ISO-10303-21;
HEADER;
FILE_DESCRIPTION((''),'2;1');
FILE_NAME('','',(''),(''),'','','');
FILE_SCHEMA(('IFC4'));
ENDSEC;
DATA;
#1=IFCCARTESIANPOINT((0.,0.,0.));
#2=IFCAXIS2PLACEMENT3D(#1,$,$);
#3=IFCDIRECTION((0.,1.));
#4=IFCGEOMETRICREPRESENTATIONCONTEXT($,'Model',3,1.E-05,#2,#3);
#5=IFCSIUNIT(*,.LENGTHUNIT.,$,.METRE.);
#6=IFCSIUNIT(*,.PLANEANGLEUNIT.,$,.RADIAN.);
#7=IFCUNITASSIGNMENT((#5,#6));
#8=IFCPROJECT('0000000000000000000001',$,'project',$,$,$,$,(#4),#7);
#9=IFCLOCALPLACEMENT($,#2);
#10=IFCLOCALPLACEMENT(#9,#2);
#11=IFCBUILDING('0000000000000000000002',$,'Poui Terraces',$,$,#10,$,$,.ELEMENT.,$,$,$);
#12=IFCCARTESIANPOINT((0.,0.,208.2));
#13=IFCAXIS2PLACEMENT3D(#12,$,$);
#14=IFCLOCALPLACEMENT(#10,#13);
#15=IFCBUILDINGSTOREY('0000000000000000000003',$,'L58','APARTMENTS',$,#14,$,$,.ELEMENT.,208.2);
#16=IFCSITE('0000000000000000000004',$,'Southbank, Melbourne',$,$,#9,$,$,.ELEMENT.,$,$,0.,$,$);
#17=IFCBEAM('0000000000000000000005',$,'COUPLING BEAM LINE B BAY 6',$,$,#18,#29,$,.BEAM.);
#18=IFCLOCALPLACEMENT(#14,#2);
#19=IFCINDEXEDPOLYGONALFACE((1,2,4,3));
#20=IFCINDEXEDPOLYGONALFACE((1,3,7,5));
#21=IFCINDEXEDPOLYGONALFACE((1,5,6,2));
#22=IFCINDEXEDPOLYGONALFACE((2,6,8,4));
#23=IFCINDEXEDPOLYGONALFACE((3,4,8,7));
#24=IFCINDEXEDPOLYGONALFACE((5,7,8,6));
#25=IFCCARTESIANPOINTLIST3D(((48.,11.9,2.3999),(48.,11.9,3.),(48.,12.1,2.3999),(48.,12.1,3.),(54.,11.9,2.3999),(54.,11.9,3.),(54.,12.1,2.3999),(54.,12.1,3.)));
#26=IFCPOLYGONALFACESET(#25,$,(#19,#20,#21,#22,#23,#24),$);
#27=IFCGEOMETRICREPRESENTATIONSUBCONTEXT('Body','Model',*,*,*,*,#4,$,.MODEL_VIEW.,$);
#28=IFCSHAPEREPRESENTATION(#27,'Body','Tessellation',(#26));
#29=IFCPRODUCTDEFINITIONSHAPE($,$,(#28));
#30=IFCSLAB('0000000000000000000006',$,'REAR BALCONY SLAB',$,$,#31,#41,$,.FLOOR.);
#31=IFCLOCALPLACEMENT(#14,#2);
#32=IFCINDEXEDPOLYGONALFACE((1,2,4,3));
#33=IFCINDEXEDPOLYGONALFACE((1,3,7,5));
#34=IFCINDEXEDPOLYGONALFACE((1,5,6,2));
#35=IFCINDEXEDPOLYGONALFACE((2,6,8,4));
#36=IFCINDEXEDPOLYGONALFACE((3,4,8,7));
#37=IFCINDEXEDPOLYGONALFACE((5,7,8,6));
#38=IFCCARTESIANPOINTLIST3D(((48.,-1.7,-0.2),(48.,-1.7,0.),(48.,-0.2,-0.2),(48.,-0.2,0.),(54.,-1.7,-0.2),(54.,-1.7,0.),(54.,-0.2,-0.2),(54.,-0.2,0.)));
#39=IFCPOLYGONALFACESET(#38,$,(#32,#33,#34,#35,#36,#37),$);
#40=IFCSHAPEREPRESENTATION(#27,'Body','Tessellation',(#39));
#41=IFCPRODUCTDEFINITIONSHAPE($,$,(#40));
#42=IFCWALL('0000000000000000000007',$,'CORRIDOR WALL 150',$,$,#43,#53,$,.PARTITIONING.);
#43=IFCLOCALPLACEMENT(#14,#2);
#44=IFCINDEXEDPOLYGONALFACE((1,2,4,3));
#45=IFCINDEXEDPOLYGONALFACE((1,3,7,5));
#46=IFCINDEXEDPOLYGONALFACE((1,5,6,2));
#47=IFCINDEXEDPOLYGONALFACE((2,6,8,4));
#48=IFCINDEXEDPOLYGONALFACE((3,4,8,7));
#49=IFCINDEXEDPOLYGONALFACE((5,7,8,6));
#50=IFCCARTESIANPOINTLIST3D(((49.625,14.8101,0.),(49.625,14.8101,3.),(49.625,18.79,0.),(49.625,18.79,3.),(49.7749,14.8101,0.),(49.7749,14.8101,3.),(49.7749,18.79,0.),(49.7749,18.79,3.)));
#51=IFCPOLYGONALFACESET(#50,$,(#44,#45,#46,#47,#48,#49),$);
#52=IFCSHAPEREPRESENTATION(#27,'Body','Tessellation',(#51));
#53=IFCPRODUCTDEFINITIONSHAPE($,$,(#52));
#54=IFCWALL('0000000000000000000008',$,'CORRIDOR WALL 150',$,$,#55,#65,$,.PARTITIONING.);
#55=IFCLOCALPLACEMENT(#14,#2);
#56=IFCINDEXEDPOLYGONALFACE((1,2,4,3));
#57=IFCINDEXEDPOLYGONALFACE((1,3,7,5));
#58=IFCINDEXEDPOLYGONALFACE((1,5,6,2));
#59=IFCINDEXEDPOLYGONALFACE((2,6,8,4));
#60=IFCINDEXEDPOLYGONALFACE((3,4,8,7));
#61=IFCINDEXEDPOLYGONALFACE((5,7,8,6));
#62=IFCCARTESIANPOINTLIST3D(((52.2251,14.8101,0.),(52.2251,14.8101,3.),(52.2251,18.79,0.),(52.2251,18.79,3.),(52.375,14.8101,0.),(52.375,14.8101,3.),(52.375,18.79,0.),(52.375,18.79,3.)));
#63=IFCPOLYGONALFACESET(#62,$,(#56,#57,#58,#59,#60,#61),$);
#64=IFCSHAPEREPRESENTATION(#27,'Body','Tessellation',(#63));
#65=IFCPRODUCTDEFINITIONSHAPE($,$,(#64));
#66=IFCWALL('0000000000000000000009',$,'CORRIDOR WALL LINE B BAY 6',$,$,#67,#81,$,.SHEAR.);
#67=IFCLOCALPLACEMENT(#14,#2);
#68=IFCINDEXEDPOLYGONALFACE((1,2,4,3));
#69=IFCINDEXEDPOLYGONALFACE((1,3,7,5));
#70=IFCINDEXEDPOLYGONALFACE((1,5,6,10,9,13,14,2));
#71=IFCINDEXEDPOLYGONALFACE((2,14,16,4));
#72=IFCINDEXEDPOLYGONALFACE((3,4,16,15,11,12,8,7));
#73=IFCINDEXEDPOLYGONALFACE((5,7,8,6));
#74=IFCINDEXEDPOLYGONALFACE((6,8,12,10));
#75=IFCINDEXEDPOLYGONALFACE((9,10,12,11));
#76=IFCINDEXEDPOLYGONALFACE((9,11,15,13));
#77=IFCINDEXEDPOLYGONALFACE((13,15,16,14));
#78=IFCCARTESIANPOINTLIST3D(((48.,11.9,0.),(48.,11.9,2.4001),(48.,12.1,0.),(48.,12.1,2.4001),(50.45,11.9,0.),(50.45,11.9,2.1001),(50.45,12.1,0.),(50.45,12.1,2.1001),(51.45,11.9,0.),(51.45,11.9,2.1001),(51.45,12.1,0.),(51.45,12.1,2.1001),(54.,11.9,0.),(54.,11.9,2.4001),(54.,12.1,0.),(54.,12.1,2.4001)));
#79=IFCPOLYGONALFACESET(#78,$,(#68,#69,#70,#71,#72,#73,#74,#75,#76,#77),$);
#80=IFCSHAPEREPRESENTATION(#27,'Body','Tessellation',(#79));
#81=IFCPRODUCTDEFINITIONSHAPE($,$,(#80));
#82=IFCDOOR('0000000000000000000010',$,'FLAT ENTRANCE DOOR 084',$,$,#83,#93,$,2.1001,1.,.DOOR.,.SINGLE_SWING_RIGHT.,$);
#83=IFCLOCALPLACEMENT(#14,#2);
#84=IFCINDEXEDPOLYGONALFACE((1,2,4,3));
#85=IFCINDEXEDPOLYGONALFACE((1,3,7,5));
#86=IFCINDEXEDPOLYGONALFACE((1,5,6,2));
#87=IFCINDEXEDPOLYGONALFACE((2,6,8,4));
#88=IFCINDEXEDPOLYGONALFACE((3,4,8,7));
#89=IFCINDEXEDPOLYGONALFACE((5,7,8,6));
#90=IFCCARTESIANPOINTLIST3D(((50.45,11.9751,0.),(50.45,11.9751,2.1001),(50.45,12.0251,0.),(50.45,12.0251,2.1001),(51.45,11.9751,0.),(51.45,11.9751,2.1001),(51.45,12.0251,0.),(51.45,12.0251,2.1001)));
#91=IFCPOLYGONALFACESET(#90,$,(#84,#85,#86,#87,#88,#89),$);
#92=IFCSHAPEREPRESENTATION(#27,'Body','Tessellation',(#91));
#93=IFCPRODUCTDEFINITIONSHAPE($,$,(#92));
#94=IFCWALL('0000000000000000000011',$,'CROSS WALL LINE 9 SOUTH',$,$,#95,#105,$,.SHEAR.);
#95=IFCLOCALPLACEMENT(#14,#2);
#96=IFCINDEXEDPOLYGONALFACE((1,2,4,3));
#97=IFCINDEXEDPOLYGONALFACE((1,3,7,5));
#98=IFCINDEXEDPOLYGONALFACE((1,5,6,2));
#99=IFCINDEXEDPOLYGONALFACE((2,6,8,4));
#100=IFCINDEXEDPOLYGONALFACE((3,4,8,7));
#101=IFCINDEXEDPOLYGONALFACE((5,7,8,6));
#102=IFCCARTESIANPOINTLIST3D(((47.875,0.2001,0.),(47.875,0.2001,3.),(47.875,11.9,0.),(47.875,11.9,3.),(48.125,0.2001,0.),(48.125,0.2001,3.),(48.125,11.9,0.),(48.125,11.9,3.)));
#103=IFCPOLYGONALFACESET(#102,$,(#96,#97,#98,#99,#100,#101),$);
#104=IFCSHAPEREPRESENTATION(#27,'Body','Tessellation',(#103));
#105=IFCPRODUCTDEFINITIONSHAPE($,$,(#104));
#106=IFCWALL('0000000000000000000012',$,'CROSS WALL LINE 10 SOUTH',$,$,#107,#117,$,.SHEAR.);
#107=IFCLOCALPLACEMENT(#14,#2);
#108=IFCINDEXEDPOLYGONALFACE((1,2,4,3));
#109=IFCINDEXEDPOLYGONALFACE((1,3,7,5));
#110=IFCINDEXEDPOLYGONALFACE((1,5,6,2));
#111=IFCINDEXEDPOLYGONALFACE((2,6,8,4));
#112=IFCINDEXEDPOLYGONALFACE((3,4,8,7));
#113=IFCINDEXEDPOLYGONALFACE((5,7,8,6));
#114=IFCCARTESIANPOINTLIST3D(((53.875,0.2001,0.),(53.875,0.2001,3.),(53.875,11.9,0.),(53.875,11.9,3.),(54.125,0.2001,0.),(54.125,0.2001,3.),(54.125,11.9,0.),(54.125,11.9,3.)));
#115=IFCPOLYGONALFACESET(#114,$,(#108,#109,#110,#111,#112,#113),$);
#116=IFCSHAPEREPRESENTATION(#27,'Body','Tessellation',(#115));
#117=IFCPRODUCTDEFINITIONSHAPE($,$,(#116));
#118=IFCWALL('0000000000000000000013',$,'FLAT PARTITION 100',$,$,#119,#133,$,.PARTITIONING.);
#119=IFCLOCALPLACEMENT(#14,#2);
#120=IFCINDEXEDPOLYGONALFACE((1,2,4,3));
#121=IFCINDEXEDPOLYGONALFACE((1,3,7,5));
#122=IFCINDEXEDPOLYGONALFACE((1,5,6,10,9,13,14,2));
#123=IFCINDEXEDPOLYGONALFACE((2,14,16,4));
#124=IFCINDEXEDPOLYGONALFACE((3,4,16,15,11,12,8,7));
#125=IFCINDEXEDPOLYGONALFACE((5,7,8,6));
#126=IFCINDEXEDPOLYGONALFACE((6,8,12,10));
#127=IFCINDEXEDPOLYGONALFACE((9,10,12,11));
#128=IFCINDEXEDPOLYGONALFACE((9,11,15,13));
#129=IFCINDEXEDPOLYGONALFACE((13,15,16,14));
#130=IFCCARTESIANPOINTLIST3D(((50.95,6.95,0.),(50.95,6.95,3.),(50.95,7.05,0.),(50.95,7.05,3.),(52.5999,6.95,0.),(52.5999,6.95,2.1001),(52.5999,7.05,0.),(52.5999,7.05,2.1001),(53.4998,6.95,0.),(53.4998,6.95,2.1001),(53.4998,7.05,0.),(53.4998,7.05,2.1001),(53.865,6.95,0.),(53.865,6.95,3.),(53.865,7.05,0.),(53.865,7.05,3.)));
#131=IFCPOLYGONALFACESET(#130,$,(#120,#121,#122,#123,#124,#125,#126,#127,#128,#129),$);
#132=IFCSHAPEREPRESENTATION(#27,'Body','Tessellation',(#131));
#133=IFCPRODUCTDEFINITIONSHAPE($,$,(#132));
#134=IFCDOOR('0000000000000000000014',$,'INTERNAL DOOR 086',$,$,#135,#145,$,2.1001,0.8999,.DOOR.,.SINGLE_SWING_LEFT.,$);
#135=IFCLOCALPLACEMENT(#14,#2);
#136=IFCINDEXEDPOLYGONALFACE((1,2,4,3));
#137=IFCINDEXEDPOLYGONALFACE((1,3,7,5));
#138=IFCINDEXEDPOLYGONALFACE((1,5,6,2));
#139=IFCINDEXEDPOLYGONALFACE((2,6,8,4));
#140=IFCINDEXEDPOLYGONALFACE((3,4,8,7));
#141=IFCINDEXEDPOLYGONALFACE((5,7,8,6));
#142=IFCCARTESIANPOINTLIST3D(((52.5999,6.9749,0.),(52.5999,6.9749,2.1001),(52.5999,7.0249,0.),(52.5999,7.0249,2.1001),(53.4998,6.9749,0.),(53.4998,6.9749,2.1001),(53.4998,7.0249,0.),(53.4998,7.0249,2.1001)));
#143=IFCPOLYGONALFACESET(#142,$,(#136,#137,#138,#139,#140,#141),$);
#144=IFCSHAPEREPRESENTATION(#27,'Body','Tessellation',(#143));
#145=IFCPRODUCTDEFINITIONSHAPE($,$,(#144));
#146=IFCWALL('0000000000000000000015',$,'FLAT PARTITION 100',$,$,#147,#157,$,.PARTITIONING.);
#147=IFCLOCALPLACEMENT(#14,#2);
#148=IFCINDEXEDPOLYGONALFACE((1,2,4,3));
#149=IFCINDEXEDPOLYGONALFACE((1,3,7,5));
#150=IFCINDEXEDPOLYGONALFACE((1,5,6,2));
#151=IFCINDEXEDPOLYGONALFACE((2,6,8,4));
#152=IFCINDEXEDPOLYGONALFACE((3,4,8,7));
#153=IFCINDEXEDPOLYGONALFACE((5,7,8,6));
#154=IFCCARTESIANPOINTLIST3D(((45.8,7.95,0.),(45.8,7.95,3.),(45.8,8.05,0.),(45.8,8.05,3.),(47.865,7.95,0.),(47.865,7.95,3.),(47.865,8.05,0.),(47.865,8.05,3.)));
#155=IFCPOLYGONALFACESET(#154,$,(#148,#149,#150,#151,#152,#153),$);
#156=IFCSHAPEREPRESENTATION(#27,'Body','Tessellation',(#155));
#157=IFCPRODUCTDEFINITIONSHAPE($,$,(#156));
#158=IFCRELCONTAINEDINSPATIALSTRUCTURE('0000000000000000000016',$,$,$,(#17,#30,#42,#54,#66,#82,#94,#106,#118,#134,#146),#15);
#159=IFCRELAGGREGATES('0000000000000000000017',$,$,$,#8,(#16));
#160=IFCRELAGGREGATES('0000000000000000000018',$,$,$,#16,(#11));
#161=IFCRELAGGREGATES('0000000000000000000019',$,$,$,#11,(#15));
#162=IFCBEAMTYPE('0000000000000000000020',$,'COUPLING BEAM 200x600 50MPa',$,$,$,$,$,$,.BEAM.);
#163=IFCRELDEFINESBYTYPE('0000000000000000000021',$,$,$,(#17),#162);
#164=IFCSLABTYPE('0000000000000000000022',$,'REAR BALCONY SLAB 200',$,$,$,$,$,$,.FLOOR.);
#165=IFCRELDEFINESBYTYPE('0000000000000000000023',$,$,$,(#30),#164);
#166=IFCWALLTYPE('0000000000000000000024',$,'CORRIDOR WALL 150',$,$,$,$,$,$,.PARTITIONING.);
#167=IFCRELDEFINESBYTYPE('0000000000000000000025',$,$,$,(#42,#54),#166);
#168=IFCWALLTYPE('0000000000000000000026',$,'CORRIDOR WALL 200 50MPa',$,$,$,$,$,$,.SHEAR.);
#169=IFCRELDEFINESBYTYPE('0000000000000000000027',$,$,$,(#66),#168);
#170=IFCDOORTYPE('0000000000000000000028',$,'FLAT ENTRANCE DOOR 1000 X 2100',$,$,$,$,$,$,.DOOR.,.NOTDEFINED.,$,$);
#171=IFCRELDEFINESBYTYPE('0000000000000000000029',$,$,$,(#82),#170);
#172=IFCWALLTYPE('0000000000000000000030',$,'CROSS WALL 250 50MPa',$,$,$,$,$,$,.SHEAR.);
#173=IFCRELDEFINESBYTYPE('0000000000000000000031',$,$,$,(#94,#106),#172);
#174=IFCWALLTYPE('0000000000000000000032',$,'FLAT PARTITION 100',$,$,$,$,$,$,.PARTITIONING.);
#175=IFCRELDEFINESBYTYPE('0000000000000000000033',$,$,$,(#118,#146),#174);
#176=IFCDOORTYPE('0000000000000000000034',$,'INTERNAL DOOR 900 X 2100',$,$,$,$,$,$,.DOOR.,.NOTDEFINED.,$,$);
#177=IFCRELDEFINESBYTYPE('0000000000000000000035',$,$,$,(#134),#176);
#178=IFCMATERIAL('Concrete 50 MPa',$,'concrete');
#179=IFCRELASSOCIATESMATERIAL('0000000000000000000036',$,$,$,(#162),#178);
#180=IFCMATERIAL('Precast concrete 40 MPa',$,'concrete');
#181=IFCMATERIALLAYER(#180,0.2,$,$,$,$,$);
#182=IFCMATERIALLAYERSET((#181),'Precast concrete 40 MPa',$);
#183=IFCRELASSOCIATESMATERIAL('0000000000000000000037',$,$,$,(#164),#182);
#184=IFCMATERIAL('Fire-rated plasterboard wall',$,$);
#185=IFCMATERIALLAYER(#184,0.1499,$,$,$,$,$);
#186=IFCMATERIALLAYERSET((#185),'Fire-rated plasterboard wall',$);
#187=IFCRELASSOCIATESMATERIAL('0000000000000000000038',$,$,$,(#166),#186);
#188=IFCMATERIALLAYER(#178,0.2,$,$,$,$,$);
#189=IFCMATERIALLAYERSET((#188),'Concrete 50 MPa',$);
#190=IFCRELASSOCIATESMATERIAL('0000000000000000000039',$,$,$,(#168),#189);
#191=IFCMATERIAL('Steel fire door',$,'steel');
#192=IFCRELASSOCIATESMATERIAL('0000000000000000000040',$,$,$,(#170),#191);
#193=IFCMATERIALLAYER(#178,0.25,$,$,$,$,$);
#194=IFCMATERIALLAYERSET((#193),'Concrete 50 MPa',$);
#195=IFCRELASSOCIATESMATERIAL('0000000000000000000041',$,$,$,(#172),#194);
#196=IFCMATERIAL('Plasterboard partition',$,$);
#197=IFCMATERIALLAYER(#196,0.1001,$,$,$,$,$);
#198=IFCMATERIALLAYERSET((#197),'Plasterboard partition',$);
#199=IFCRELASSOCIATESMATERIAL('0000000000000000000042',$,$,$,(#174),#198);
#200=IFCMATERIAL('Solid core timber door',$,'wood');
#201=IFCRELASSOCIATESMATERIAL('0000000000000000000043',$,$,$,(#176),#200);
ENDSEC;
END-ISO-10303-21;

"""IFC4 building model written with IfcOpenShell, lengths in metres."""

from ifc_helpers import new_model, si_unit, direction, frame, frame_2d, origin, origin_2d, place, context, subcontext, project, spatial, polyline, rectangle, outline, extrude, source, transform, mapped, material, layer, layer_set, material_profile, profile_set, type_object, element, fill, save


model = new_model("IFC4")

# Units and contexts
model_context = context("Model", 3, precision=1e-05, world=origin(), true_north=direction((0.0, 1.0)))
body_context = subcontext(model_context, "Body", "Model", "MODEL_VIEW")
ifc_project = project(units=[si_unit("LENGTHUNIT", "METRE"), si_unit("PLANEANGLEUNIT", "RADIAN")], contexts=[model_context])

# Site, building, storey
site_placement = place(None, origin())
site = spatial("IfcSite", under=ifc_project, at=site_placement, Name="Southbank, Melbourne", CompositionType="ELEMENT", RefElevation=0.0)
building_placement = place(site_placement, origin())
building = spatial("IfcBuilding", under=site, at=building_placement, Name="Poui Terraces", CompositionType="ELEMENT")
storey_placement = place(building_placement, frame((0.0, 0.0, 208.2)))
storey = spatial("IfcBuildingStorey", under=building, at=storey_placement, Name="L58", Description="APARTMENTS", CompositionType="ELEMENT", Elevation=208.2)

# Beam
ifc_material_1 = material(Name="Concrete 50 MPa", Category="concrete")
ifc_material_profile_1 = material_profile(ifc_material_1, rectangle(XDim=0.2, YDim=0.6001, at=origin_2d()), Name="RC 200x600")
ifc_profile_set_1 = profile_set([ifc_material_profile_1], Name="Concrete 50 MPa")
beam_type = type_object("IfcBeamType", Name="COUPLING BEAM 200x600 50MPa", PredefinedType="BEAM", material=ifc_profile_set_1)
shared_shape_1 = source(origin(), body_context, "Body", "SweptSolid", [
    extrude(rectangle(XDim=0.2, YDim=0.6001, at=origin_2d()), origin(), (0.0, 0.0, 1.0), 6.0),
])
beam_placement = place(storey_placement, frame((48.0, 12.0, 2.7), z_axis=(1.0, 0.0, 0.0), x_axis=(0.0, 1.0, 0.0)))
element("IfcBeam", 1, at=beam_placement, inside=storey, type_object=beam_type, Name="COUPLING BEAM LINE B BAY 6", PredefinedType="BEAM", context=body_context, shape_type="MappedRepresentation", body=[
    mapped(shared_shape_1, transform((0.0, 0.0, 0.0))),
])

# Slab
ifc_material_2 = material(Name="Precast concrete 40 MPa", Category="concrete")
ifc_layer_1 = layer(ifc_material_2, 0.2)
ifc_layer_set_1 = layer_set([ifc_layer_1], Name="Precast concrete 40 MPa")
slab_type = type_object("IfcSlabType", Name="REAR BALCONY SLAB 200", PredefinedType="FLOOR", material=ifc_layer_set_1)
shared_shape_2 = source(origin(), body_context, "Body", "SweptSolid", [
    extrude(outline(polyline([(0.0, 0.0), (6.0, 0.0), (6.0, 1.5), (0.0, 1.5), (0.0, 0.0)])), origin(), (0.0, 0.0, 1.0), 0.2),
])
slab_placement = place(storey_placement, frame((48.0, -1.7, -0.2)))
element("IfcSlab", 2, at=slab_placement, inside=storey, type_object=slab_type, Name="REAR BALCONY SLAB", PredefinedType="FLOOR", context=body_context, shape_type="MappedRepresentation", body=[
    mapped(shared_shape_2, transform((0.0, 0.0, 0.0))),
])

# Walls
ifc_material_3 = material(Name="Fire-rated plasterboard wall")
ifc_layer_2 = layer(ifc_material_3, 0.1499)
ifc_layer_set_2 = layer_set([ifc_layer_2], Name="Fire-rated plasterboard wall")
wall_type_1 = type_object("IfcWallType", Name="CORRIDOR WALL 150", PredefinedType="PARTITIONING", material=ifc_layer_set_2)
for number, where, z_axis, x_axis, name in (
    (3, (49.7, 14.8101, 0.0), (0.0, 0.0, 1.0), (0.0, 1.0, 0.0), "CORRIDOR WALL 150"),
    (4, (52.3, 14.8101, 0.0), (0.0, 0.0, 1.0), (0.0, 1.0, 0.0), "CORRIDOR WALL 150"),
):
    element("IfcWall", number, at=place(storey_placement, frame(where, z_axis=z_axis, x_axis=x_axis)), inside=storey, type_object=wall_type_1, Name=name, PredefinedType="PARTITIONING", context=body_context, shape_type="SweptSolid", body=[
        extrude(rectangle(XDim=3.98, YDim=0.1499, at=frame_2d((1.99, 0.0))), origin(), (0.0, 0.0, 1.0), 3.0),
    ])

# Wall, opening, door
ifc_layer_3 = layer(ifc_material_1, 0.2)
ifc_layer_set_3 = layer_set([ifc_layer_3], Name="Concrete 50 MPa")
wall_type_2 = type_object("IfcWallType", Name="CORRIDOR WALL 200 50MPa", PredefinedType="SHEAR", material=ifc_layer_set_3)
wall_1_placement = place(storey_placement, frame((48.0, 12.0, 0.0), z_axis=(0.0, 0.0, 1.0), x_axis=(1.0, 0.0, 0.0)))
wall_1 = element("IfcWall", 5, at=wall_1_placement, inside=storey, type_object=wall_type_2, Name="CORRIDOR WALL LINE B BAY 6", PredefinedType="SHEAR", context=body_context, shape_type="SweptSolid", body=[
    extrude(rectangle(XDim=6.0, YDim=0.2, at=frame_2d((3.0, 0.0))), origin(), (0.0, 0.0, 1.0), 2.4001),
])
opening_1_placement = place(wall_1_placement, frame((2.45, 0.0, 0.0)))
opening_1 = element("IfcOpeningElement", 6, at=opening_1_placement, cuts=wall_1, PredefinedType="OPENING", context=body_context, shape_type="SweptSolid", body=[
    extrude(rectangle(XDim=1.0, YDim=2.1001, at=frame_2d((0.5, 1.05))), frame((0.0, 0.1099, 0.0), z_axis=(0.0, -1.0, 0.0), x_axis=(1.0, 0.0, 0.0)), (0.0, 0.0, 1.0), 0.22),
])
ifc_material_4 = material(Name="Steel fire door", Category="steel")
door_type_1 = type_object("IfcDoorType", Name="FLAT ENTRANCE DOOR 1000 X 2100", OperationType="NOTDEFINED", PredefinedType="DOOR", material=ifc_material_4)
door_1_placement = place(opening_1_placement, frame((1.0, 0.0, 0.0), z_axis=(0.0, 0.0, 1.0), x_axis=(-1.0, 0.0, 0.0)))
door_1 = element("IfcDoor", 7, at=door_1_placement, inside=storey, type_object=door_type_1, Name="FLAT ENTRANCE DOOR 084", OperationType="SINGLE_SWING_RIGHT", OverallHeight=2.1001, OverallWidth=1.0, PredefinedType="DOOR", context=body_context, shape_type="SweptSolid", body=[
    extrude(rectangle(XDim=1.0, YDim=2.1001, at=frame_2d((0.5, 1.05))), frame((0.0, 0.0249, 0.0), z_axis=(0.0, -1.0, 0.0), x_axis=(1.0, 0.0, 0.0)), (0.0, 0.0, 1.0), 0.05),
])
fill(opening_1, door_1)

# Walls
ifc_layer_4 = layer(ifc_material_1, 0.25)
ifc_layer_set_4 = layer_set([ifc_layer_4], Name="Concrete 50 MPa")
wall_type_3 = type_object("IfcWallType", Name="CROSS WALL 250 50MPa", PredefinedType="SHEAR", material=ifc_layer_set_4)
for number, where, z_axis, x_axis, name in (
    (8, (48.0, 0.2, 0.0), (0.0, 0.0, 1.0), (0.0, 1.0, 0.0), "CROSS WALL LINE 9 SOUTH"),
    (9, (54.0, 0.2, 0.0), (0.0, 0.0, 1.0), (0.0, 1.0, 0.0), "CROSS WALL LINE 10 SOUTH"),
):
    element("IfcWall", number, at=place(storey_placement, frame(where, z_axis=z_axis, x_axis=x_axis)), inside=storey, type_object=wall_type_3, Name=name, PredefinedType="SHEAR", context=body_context, shape_type="SweptSolid", body=[
        extrude(rectangle(XDim=11.7, YDim=0.25, at=frame_2d((5.8501, 0.0))), origin(), (0.0, 0.0, 1.0), 3.0),
    ])

# Wall, opening, door
ifc_material_5 = material(Name="Plasterboard partition")
ifc_layer_5 = layer(ifc_material_5, 0.1001)
ifc_layer_set_5 = layer_set([ifc_layer_5], Name="Plasterboard partition")
wall_type_4 = type_object("IfcWallType", Name="FLAT PARTITION 100", PredefinedType="PARTITIONING", material=ifc_layer_set_5)
wall_2_placement = place(storey_placement, frame((50.95, 7.0, 0.0), z_axis=(0.0, 0.0, 1.0), x_axis=(1.0, 0.0, 0.0)))
wall_2 = element("IfcWall", 10, at=wall_2_placement, inside=storey, type_object=wall_type_4, Name="FLAT PARTITION 100", PredefinedType="PARTITIONING", context=body_context, shape_type="SweptSolid", body=[
    extrude(rectangle(XDim=2.915, YDim=0.1001, at=frame_2d((1.4575, 0.0))), origin(), (0.0, 0.0, 1.0), 3.0),
])
opening_2_placement = place(wall_2_placement, frame((1.6499, 0.0, 0.0)))
opening_2 = element("IfcOpeningElement", 11, at=opening_2_placement, cuts=wall_2, PredefinedType="OPENING", context=body_context, shape_type="SweptSolid", body=[
    extrude(rectangle(XDim=0.8999, YDim=2.1001, at=frame_2d((0.45, 1.05))), frame((0.0, 0.0601, 0.0), z_axis=(0.0, -1.0, 0.0), x_axis=(1.0, 0.0, 0.0)), (0.0, 0.0, 1.0), 0.1201),
])
ifc_material_6 = material(Name="Solid core timber door", Category="wood")
door_type_2 = type_object("IfcDoorType", Name="INTERNAL DOOR 900 X 2100", OperationType="NOTDEFINED", PredefinedType="DOOR", material=ifc_material_6)
door_2_placement = place(opening_2_placement, origin())
door_2 = element("IfcDoor", 12, at=door_2_placement, inside=storey, type_object=door_type_2, Name="INTERNAL DOOR 086", OperationType="SINGLE_SWING_LEFT", OverallHeight=2.1001, OverallWidth=0.8999, PredefinedType="DOOR", context=body_context, shape_type="SweptSolid", body=[
    extrude(rectangle(XDim=0.8999, YDim=2.1001, at=frame_2d((0.45, 1.05))), frame((0.0, 0.0249, 0.0), z_axis=(0.0, -1.0, 0.0), x_axis=(1.0, 0.0, 0.0)), (0.0, 0.0, 1.0), 0.05),
])
fill(opening_2, door_2)

# Wall
wall_3_placement = place(storey_placement, frame((45.8, 8.0, 0.0), z_axis=(0.0, 0.0, 1.0), x_axis=(1.0, 0.0, 0.0)))
element("IfcWall", 13, at=wall_3_placement, inside=storey, type_object=wall_type_4, Name="FLAT PARTITION 100", PredefinedType="PARTITIONING", context=body_context, shape_type="SweptSolid", body=[
    extrude(rectangle(XDim=2.0649, YDim=0.1001, at=frame_2d((1.0325, 0.0))), origin(), (0.0, 0.0, 1.0), 3.0),
])

save(model, "model.ifc")
